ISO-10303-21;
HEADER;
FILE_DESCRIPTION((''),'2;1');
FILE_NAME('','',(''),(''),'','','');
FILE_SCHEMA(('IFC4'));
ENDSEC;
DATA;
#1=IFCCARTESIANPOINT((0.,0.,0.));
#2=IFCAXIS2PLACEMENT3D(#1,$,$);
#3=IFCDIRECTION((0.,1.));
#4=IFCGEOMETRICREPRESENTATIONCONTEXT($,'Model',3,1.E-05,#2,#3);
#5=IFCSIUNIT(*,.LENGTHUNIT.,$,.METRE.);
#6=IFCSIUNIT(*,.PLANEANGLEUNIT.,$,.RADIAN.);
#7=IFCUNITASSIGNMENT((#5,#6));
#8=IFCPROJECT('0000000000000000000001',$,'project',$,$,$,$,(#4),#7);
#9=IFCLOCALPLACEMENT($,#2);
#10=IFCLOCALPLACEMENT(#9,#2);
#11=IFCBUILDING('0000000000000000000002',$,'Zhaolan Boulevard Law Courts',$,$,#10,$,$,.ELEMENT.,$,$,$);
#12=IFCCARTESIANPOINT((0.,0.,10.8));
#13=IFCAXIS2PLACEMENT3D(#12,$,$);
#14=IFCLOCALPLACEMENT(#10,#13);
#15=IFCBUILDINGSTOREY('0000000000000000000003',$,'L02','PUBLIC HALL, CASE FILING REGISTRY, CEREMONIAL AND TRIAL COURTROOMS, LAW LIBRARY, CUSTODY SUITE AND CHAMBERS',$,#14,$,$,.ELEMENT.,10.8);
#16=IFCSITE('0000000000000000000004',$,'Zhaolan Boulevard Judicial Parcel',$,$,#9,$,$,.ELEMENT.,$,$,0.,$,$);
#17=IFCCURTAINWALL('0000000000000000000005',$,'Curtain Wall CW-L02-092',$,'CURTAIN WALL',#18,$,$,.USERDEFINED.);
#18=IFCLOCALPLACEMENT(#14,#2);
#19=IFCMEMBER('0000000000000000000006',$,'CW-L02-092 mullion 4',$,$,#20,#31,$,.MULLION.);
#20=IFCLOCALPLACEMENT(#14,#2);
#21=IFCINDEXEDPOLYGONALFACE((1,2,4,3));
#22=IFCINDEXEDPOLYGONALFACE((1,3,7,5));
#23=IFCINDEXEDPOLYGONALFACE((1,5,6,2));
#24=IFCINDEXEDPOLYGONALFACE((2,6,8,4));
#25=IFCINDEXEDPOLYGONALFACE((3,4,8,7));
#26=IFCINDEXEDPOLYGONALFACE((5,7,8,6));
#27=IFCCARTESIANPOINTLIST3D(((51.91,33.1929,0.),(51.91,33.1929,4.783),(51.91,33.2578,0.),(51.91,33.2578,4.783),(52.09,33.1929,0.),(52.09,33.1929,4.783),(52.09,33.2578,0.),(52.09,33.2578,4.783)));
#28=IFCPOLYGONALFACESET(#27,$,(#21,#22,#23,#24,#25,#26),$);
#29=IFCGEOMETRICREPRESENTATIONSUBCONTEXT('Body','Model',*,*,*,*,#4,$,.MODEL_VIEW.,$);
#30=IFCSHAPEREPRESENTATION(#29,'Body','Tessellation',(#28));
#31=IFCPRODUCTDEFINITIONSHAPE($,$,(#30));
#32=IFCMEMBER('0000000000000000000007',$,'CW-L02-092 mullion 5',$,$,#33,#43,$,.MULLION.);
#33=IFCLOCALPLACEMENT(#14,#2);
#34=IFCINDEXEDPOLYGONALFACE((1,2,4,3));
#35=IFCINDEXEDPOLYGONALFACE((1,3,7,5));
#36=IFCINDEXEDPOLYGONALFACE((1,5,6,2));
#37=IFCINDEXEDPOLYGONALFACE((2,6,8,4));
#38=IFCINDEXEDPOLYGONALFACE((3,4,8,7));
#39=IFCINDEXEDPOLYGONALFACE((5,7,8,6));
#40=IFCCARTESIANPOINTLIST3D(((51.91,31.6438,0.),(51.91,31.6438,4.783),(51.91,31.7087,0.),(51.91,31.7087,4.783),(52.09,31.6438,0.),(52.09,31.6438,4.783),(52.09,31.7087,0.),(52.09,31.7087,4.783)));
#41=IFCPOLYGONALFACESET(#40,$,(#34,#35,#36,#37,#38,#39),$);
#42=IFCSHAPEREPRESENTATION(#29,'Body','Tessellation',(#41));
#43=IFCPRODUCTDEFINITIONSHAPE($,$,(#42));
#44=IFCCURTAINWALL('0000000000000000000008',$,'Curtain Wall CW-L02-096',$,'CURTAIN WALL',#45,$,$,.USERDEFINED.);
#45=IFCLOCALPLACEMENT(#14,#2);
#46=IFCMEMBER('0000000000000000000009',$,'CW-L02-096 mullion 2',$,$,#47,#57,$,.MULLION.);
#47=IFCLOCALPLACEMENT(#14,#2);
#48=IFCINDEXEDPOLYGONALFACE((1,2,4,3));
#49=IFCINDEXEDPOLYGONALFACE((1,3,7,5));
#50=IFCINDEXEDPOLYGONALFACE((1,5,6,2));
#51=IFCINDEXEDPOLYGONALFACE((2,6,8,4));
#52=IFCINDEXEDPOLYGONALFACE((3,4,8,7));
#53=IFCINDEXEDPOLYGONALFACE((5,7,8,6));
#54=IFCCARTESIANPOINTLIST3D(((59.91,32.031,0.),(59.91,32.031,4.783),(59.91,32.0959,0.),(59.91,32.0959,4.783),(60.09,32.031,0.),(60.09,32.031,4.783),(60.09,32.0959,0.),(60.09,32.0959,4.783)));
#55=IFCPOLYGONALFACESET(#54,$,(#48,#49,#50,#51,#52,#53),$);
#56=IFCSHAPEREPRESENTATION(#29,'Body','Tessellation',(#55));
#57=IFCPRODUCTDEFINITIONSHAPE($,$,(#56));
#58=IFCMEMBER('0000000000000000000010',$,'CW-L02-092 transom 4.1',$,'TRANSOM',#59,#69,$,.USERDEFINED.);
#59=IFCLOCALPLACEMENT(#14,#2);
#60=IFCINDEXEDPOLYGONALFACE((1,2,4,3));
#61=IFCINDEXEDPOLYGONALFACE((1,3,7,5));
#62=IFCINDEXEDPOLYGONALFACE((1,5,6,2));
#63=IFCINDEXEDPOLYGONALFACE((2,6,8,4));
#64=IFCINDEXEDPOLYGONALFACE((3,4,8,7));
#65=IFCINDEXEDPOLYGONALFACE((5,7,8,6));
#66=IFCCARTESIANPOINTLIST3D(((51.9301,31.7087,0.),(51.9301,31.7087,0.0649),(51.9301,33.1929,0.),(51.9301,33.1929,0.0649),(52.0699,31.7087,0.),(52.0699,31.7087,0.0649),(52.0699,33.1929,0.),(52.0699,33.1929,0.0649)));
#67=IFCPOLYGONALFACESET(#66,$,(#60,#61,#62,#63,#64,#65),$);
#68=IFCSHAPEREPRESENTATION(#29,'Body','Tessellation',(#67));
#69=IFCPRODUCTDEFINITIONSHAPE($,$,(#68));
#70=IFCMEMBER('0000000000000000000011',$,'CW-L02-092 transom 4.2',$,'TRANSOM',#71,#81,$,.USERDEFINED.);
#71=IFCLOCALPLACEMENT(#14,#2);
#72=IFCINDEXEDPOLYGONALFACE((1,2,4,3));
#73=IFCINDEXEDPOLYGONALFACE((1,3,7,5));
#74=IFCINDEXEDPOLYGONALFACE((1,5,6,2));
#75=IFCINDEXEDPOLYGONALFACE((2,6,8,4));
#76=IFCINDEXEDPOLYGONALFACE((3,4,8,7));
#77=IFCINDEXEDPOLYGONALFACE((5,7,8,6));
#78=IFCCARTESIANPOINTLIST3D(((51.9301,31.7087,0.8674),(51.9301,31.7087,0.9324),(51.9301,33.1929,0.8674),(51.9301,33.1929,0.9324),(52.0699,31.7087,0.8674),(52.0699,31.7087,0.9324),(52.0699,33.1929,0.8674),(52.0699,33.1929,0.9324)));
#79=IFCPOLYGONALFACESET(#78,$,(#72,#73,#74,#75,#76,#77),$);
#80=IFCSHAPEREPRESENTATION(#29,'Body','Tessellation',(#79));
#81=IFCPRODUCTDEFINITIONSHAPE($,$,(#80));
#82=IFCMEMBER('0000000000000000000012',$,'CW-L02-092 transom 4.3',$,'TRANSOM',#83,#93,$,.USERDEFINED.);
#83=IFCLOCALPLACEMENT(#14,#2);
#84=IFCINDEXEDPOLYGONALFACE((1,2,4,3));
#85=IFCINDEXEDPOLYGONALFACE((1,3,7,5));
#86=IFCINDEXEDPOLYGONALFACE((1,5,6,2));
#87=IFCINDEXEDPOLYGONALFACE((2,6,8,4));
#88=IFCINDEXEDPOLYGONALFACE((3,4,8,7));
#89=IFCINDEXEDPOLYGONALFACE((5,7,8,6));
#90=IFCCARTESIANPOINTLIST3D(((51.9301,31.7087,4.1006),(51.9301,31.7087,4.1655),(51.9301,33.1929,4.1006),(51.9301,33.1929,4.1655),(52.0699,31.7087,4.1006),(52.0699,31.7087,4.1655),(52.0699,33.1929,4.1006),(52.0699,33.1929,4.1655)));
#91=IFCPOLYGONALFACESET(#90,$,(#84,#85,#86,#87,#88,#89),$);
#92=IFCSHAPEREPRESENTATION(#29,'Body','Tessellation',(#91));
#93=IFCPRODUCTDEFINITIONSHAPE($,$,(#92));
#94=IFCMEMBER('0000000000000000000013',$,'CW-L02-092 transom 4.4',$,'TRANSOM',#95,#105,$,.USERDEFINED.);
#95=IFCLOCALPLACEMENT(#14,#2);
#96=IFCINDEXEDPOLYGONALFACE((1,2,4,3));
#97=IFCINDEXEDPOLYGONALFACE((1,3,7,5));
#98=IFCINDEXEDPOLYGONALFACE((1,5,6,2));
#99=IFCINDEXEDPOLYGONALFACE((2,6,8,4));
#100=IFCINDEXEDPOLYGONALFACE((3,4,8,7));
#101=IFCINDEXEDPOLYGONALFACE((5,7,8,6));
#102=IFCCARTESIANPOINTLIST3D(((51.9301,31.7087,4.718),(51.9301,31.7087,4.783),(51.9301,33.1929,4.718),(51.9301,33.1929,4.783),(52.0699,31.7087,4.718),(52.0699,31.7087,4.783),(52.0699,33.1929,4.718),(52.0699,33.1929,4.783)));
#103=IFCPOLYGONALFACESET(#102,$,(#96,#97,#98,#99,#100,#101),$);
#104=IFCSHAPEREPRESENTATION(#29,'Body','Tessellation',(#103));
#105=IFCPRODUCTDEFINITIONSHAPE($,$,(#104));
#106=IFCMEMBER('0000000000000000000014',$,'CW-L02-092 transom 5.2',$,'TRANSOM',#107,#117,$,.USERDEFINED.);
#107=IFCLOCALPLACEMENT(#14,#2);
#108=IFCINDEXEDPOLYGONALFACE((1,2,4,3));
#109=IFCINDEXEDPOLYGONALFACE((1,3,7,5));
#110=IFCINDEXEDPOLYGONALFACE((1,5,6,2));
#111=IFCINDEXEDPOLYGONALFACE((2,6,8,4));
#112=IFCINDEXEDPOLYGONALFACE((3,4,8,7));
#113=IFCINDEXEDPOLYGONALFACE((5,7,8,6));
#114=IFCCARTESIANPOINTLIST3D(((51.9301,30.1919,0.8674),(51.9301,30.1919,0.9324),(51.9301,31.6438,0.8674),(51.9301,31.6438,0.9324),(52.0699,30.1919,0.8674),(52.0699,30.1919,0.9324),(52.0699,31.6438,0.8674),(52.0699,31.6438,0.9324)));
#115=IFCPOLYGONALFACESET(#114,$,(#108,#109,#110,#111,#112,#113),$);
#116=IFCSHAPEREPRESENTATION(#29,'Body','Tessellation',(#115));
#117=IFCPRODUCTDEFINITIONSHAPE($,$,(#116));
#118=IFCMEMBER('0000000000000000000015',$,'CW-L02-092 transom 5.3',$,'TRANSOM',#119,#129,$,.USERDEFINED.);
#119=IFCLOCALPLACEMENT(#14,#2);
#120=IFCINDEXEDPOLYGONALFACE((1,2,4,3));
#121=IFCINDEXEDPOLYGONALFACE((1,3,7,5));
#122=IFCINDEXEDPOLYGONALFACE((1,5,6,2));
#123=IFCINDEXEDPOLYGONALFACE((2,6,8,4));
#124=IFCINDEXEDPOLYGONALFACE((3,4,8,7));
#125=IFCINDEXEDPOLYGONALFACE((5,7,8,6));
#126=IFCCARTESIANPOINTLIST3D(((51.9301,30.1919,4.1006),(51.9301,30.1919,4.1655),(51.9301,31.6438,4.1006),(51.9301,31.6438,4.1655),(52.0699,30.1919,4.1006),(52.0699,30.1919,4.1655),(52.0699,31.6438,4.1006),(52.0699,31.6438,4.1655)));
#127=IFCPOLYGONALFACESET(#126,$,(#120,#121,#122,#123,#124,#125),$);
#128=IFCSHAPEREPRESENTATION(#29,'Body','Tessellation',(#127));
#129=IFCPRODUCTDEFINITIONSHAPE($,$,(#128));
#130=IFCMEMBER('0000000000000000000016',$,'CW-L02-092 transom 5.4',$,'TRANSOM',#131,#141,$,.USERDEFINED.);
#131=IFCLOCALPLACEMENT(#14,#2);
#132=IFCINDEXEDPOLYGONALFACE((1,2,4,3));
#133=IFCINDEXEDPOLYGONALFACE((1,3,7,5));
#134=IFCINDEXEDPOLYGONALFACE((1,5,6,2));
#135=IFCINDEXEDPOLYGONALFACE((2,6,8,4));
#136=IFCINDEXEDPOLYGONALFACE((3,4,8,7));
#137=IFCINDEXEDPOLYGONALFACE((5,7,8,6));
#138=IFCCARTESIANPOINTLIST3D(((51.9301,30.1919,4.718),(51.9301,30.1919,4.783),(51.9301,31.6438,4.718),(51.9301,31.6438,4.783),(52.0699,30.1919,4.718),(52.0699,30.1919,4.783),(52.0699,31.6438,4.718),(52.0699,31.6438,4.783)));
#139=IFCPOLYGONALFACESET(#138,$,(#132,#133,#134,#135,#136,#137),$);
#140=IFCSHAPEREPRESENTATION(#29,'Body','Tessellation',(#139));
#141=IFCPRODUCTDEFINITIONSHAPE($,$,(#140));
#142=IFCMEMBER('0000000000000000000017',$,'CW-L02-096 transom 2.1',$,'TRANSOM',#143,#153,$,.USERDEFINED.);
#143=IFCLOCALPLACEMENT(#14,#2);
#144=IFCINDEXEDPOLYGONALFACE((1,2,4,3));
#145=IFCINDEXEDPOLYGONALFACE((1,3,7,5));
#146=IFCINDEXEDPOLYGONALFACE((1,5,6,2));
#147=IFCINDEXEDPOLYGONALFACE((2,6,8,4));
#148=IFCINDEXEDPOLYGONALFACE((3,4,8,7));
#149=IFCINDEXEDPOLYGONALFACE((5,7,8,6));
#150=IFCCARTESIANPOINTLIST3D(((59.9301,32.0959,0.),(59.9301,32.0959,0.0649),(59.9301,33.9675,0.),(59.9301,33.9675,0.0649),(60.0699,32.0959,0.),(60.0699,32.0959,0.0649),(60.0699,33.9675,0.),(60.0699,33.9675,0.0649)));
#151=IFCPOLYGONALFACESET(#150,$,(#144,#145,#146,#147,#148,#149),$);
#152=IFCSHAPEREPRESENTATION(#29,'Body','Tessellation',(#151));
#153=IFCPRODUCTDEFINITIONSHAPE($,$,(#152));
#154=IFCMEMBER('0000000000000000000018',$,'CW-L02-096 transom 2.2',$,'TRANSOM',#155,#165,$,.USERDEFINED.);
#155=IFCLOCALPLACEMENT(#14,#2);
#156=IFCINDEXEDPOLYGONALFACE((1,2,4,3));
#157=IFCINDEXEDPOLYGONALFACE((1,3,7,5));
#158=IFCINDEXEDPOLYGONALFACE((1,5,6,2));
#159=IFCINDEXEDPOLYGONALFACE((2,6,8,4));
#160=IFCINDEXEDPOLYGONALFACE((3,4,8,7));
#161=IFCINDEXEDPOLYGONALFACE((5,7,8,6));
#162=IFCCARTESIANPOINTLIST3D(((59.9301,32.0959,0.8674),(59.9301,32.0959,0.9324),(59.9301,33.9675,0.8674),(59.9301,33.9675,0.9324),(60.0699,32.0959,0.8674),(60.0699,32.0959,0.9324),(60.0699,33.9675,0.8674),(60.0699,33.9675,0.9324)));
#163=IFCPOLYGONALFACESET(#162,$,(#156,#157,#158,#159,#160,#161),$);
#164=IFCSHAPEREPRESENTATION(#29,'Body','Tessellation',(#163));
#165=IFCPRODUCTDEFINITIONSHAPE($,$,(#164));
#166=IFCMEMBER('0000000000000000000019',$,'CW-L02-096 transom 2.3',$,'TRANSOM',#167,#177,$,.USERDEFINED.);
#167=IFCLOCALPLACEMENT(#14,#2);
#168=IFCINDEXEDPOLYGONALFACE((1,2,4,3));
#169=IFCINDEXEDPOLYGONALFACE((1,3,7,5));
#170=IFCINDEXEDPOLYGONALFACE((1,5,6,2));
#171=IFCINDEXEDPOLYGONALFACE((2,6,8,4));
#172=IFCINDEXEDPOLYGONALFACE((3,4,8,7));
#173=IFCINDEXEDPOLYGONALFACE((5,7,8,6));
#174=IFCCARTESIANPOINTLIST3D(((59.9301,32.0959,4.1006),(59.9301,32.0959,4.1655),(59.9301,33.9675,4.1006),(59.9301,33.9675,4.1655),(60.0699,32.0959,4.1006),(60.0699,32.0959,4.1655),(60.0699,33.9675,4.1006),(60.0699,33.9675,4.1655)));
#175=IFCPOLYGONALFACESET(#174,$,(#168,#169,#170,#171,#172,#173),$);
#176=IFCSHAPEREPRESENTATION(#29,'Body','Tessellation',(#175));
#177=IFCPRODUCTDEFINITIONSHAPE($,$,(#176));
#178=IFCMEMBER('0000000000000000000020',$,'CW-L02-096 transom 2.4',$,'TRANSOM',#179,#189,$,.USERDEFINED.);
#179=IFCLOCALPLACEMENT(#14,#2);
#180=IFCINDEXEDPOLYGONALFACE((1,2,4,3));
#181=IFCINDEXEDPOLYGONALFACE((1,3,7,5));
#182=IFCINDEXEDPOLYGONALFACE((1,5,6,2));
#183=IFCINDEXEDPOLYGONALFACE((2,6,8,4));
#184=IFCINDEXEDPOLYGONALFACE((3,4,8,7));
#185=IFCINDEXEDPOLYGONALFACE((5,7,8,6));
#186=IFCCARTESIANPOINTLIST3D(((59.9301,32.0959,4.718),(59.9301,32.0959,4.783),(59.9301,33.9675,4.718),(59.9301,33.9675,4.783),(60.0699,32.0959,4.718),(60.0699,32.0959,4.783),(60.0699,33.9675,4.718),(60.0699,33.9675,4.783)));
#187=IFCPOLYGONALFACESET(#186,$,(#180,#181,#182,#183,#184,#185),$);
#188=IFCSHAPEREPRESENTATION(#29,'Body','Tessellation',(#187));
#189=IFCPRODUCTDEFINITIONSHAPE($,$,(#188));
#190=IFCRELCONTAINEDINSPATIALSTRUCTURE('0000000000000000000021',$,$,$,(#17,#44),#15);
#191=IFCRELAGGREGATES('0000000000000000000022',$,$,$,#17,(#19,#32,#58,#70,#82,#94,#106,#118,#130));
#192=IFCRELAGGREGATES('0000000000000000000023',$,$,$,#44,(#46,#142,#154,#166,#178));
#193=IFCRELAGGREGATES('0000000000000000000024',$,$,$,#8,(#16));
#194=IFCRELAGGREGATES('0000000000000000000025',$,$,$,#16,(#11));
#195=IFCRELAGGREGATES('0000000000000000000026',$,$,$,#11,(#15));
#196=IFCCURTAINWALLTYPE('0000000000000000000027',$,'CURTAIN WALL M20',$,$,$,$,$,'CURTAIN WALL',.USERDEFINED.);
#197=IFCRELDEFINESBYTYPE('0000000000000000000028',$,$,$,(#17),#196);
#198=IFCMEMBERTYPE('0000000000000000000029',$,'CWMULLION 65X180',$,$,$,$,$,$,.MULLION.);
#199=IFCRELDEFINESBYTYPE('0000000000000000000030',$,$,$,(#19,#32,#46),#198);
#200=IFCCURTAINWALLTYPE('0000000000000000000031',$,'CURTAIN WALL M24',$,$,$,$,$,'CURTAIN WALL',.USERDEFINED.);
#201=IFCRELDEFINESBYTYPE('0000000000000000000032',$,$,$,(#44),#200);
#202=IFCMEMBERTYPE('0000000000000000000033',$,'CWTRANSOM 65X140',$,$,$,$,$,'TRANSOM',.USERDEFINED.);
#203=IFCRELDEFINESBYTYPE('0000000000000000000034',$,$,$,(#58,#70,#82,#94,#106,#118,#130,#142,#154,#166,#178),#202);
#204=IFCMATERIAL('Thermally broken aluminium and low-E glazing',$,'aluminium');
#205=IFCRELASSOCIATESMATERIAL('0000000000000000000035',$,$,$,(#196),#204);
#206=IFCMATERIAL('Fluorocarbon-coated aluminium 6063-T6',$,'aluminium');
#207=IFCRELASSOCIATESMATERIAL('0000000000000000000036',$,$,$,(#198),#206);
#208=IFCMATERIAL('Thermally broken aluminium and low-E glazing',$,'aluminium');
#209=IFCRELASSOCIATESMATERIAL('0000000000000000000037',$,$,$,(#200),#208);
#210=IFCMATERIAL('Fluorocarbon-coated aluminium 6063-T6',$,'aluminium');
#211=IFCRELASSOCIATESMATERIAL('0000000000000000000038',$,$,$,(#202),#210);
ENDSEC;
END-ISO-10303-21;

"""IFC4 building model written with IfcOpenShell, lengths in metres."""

from ifc_helpers import new_model, si_unit, direction, frame, origin, origin_2d, place, context, subcontext, project, spatial, rectangle, extrude, material, material_profile, profile_set, type_object, element, aggregate, save


model = new_model("IFC4")

# Units and contexts
model_context = context("Model", 3, precision=1e-05, world=origin(), true_north=direction((0.0, 1.0)))
body_context = subcontext(model_context, "Body", "Model", "MODEL_VIEW")
ifc_project = project(units=[si_unit("LENGTHUNIT", "METRE"), si_unit("PLANEANGLEUNIT", "RADIAN")], contexts=[model_context])

# Site, building, storey
site_placement = place(None, origin())
site = spatial("IfcSite", under=ifc_project, at=site_placement, Name="Zhaolan Boulevard Judicial Parcel", CompositionType="ELEMENT", RefElevation=0.0)
building_placement = place(site_placement, origin())
building = spatial("IfcBuilding", under=site, at=building_placement, Name="Zhaolan Boulevard Law Courts", CompositionType="ELEMENT")
storey_placement = place(building_placement, frame((0.0, 0.0, 10.8)))
storey = spatial("IfcBuildingStorey", under=building, at=storey_placement, Name="L02", Description="PUBLIC HALL, CASE FILING REGISTRY, CEREMONIAL AND TRIAL COURTROOMS, LAW LIBRARY, CUSTODY SUITE AND CHAMBERS", CompositionType="ELEMENT", Elevation=10.8)

# Curtain wall, members
ifc_material_1 = material(Name="Thermally broken aluminium and low-E glazing", Category="aluminium")
curtain_wall_type_1 = type_object("IfcCurtainWallType", Name="CURTAIN WALL M20", ElementType="CURTAIN WALL", PredefinedType="USERDEFINED", material=ifc_material_1)
curtain_wall_1_placement = place(storey_placement, origin())
curtain_wall_1 = element("IfcCurtainWall", 1, at=curtain_wall_1_placement, inside=storey, type_object=curtain_wall_type_1, Name="Curtain Wall CW-L02-092", ObjectType="CURTAIN WALL", PredefinedType="USERDEFINED")
ifc_material_2 = material(Name="Fluorocarbon-coated aluminium 6063-T6", Category="aluminium")
ifc_material_profile_1 = material_profile(ifc_material_2, rectangle(XDim=0.1799, YDim=0.0649, at=origin_2d()), Name="AL65x180")
ifc_profile_set_1 = profile_set([ifc_material_profile_1], Name="Fluorocarbon-coated aluminium 6063-T6")
member_type_1 = type_object("IfcMemberType", Name="CWMULLION 65X180", PredefinedType="MULLION", material=ifc_profile_set_1)
member_1_placement = place(storey_placement, frame((52.0, 33.2253, 0.0), z_axis=(0.0, 0.0, 1.0), x_axis=(1.0, 0.0, 0.0)))
member_1 = element("IfcMember", 2, at=member_1_placement, type_object=member_type_1, Name="CW-L02-092 mullion 4", PredefinedType="MULLION", context=body_context, shape_type="SweptSolid", body=[
    extrude(rectangle(XDim=0.1799, YDim=0.0649, at=origin_2d()), origin(), (0.0, 0.0, 1.0), 4.783),
])
member_2_placement = place(storey_placement, frame((52.0, 31.6763, 0.0), z_axis=(0.0, 0.0, 1.0), x_axis=(1.0, 0.0, 0.0)))
member_2 = element("IfcMember", 3, at=member_2_placement, type_object=member_type_1, Name="CW-L02-092 mullion 5", PredefinedType="MULLION", context=body_context, shape_type="SweptSolid", body=[
    extrude(rectangle(XDim=0.1799, YDim=0.0649, at=origin_2d()), origin(), (0.0, 0.0, 1.0), 4.783),
])

# Curtain wall, member
ifc_material_3 = material(Name="Thermally broken aluminium and low-E glazing", Category="aluminium")
curtain_wall_type_2 = type_object("IfcCurtainWallType", Name="CURTAIN WALL M24", ElementType="CURTAIN WALL", PredefinedType="USERDEFINED", material=ifc_material_3)
curtain_wall_2_placement = place(storey_placement, origin())
curtain_wall_2 = element("IfcCurtainWall", 4, at=curtain_wall_2_placement, inside=storey, type_object=curtain_wall_type_2, Name="Curtain Wall CW-L02-096", ObjectType="CURTAIN WALL", PredefinedType="USERDEFINED")
member_3_placement = place(storey_placement, frame((60.0, 32.0635, 0.0), z_axis=(0.0, 0.0, 1.0), x_axis=(-1.0, 0.0, 0.0)))
member_3 = element("IfcMember", 5, at=member_3_placement, type_object=member_type_1, Name="CW-L02-096 mullion 2", PredefinedType="MULLION", context=body_context, shape_type="SweptSolid", body=[
    extrude(rectangle(XDim=0.1799, YDim=0.0649, at=origin_2d()), origin(), (0.0, 0.0, 1.0), 4.783),
])

# Members
ifc_material_4 = material(Name="Fluorocarbon-coated aluminium 6063-T6", Category="aluminium")
ifc_material_profile_2 = material_profile(ifc_material_4, rectangle(XDim=0.1399, YDim=0.0649, at=origin_2d()), Name="AL65x140")
ifc_profile_set_2 = profile_set([ifc_material_profile_2], Name="Fluorocarbon-coated aluminium 6063-T6")
member_type_2 = type_object("IfcMemberType", Name="CWTRANSOM 65X140", ElementType="TRANSOM", PredefinedType="USERDEFINED", material=ifc_profile_set_2)
member_4_placement = place(storey_placement, frame((52.0, 33.1929, 0.0325), z_axis=(0.0, -1.0, 0.0), x_axis=(1.0, 0.0, 0.0)))
member_4 = element("IfcMember", 6, at=member_4_placement, type_object=member_type_2, Name="CW-L02-092 transom 4.1", ObjectType="TRANSOM", PredefinedType="USERDEFINED", context=body_context, shape_type="SweptSolid", body=[
    extrude(rectangle(XDim=0.1399, YDim=0.0649, at=origin_2d()), origin(), (0.0, 0.0, 1.0), 1.4841),
])
member_5_placement = place(storey_placement, frame((52.0, 33.1929, 0.8999), z_axis=(0.0, -1.0, 0.0), x_axis=(1.0, 0.0, 0.0)))
member_5 = element("IfcMember", 7, at=member_5_placement, type_object=member_type_2, Name="CW-L02-092 transom 4.2", ObjectType="TRANSOM", PredefinedType="USERDEFINED", context=body_context, shape_type="SweptSolid", body=[
    extrude(rectangle(XDim=0.1399, YDim=0.0649, at=origin_2d()), origin(), (0.0, 0.0, 1.0), 1.4841),
])
member_6_placement = place(storey_placement, frame((52.0, 33.1929, 4.1331), z_axis=(0.0, -1.0, 0.0), x_axis=(1.0, 0.0, 0.0)))
member_6 = element("IfcMember", 8, at=member_6_placement, type_object=member_type_2, Name="CW-L02-092 transom 4.3", ObjectType="TRANSOM", PredefinedType="USERDEFINED", context=body_context, shape_type="SweptSolid", body=[
    extrude(rectangle(XDim=0.1399, YDim=0.0649, at=origin_2d()), origin(), (0.0, 0.0, 1.0), 1.4841),
])
member_7_placement = place(storey_placement, frame((52.0, 33.1929, 4.7505), z_axis=(0.0, -1.0, 0.0), x_axis=(1.0, 0.0, 0.0)))
member_7 = element("IfcMember", 9, at=member_7_placement, type_object=member_type_2, Name="CW-L02-092 transom 4.4", ObjectType="TRANSOM", PredefinedType="USERDEFINED", context=body_context, shape_type="SweptSolid", body=[
    extrude(rectangle(XDim=0.1399, YDim=0.0649, at=origin_2d()), origin(), (0.0, 0.0, 1.0), 1.4841),
])
member_8_placement = place(storey_placement, frame((52.0, 31.6438, 0.8999), z_axis=(0.0, -1.0, 0.0), x_axis=(1.0, 0.0, 0.0)))
member_8 = element("IfcMember", 10, at=member_8_placement, type_object=member_type_2, Name="CW-L02-092 transom 5.2", ObjectType="TRANSOM", PredefinedType="USERDEFINED", context=body_context, shape_type="SweptSolid", body=[
    extrude(rectangle(XDim=0.1399, YDim=0.0649, at=origin_2d()), origin(), (0.0, 0.0, 1.0), 1.4519),
])
member_9_placement = place(storey_placement, frame((52.0, 31.6438, 4.1331), z_axis=(0.0, -1.0, 0.0), x_axis=(1.0, 0.0, 0.0)))
member_9 = element("IfcMember", 11, at=member_9_placement, type_object=member_type_2, Name="CW-L02-092 transom 5.3", ObjectType="TRANSOM", PredefinedType="USERDEFINED", context=body_context, shape_type="SweptSolid", body=[
    extrude(rectangle(XDim=0.1399, YDim=0.0649, at=origin_2d()), origin(), (0.0, 0.0, 1.0), 1.4519),
])
member_10_placement = place(storey_placement, frame((52.0, 31.6438, 4.7505), z_axis=(0.0, -1.0, 0.0), x_axis=(1.0, 0.0, 0.0)))
member_10 = element("IfcMember", 12, at=member_10_placement, type_object=member_type_2, Name="CW-L02-092 transom 5.4", ObjectType="TRANSOM", PredefinedType="USERDEFINED", context=body_context, shape_type="SweptSolid", body=[
    extrude(rectangle(XDim=0.1399, YDim=0.0649, at=origin_2d()), origin(), (0.0, 0.0, 1.0), 1.4519),
])
member_11_placement = place(storey_placement, frame((60.0, 32.0959, 0.0325), z_axis=(0.0, 1.0, 0.0), x_axis=(-1.0, 0.0, 0.0)))
member_11 = element("IfcMember", 13, at=member_11_placement, type_object=member_type_2, Name="CW-L02-096 transom 2.1", ObjectType="TRANSOM", PredefinedType="USERDEFINED", context=body_context, shape_type="SweptSolid", body=[
    extrude(rectangle(XDim=0.1399, YDim=0.0649, at=origin_2d()), origin(), (0.0, 0.0, 1.0), 1.8716),
])
member_12_placement = place(storey_placement, frame((60.0, 32.0959, 0.8999), z_axis=(0.0, 1.0, 0.0), x_axis=(-1.0, 0.0, 0.0)))
member_12 = element("IfcMember", 14, at=member_12_placement, type_object=member_type_2, Name="CW-L02-096 transom 2.2", ObjectType="TRANSOM", PredefinedType="USERDEFINED", context=body_context, shape_type="SweptSolid", body=[
    extrude(rectangle(XDim=0.1399, YDim=0.0649, at=origin_2d()), origin(), (0.0, 0.0, 1.0), 1.8716),
])
member_13_placement = place(storey_placement, frame((60.0, 32.0959, 4.1331), z_axis=(0.0, 1.0, 0.0), x_axis=(-1.0, 0.0, 0.0)))
member_13 = element("IfcMember", 15, at=member_13_placement, type_object=member_type_2, Name="CW-L02-096 transom 2.3", ObjectType="TRANSOM", PredefinedType="USERDEFINED", context=body_context, shape_type="SweptSolid", body=[
    extrude(rectangle(XDim=0.1399, YDim=0.0649, at=origin_2d()), origin(), (0.0, 0.0, 1.0), 1.8716),
])
member_14_placement = place(storey_placement, frame((60.0, 32.0959, 4.7505), z_axis=(0.0, 1.0, 0.0), x_axis=(-1.0, 0.0, 0.0)))
member_14 = element("IfcMember", 16, at=member_14_placement, type_object=member_type_2, Name="CW-L02-096 transom 2.4", ObjectType="TRANSOM", PredefinedType="USERDEFINED", context=body_context, shape_type="SweptSolid", body=[
    extrude(rectangle(XDim=0.1399, YDim=0.0649, at=origin_2d()), origin(), (0.0, 0.0, 1.0), 1.8716),
])

aggregate(curtain_wall_1, [member_1, member_2, member_4, member_5, member_6, member_7, member_8, member_9, member_10])
aggregate(curtain_wall_2, [member_3, member_11, member_12, member_13, member_14])

save(model, "model.ifc")
